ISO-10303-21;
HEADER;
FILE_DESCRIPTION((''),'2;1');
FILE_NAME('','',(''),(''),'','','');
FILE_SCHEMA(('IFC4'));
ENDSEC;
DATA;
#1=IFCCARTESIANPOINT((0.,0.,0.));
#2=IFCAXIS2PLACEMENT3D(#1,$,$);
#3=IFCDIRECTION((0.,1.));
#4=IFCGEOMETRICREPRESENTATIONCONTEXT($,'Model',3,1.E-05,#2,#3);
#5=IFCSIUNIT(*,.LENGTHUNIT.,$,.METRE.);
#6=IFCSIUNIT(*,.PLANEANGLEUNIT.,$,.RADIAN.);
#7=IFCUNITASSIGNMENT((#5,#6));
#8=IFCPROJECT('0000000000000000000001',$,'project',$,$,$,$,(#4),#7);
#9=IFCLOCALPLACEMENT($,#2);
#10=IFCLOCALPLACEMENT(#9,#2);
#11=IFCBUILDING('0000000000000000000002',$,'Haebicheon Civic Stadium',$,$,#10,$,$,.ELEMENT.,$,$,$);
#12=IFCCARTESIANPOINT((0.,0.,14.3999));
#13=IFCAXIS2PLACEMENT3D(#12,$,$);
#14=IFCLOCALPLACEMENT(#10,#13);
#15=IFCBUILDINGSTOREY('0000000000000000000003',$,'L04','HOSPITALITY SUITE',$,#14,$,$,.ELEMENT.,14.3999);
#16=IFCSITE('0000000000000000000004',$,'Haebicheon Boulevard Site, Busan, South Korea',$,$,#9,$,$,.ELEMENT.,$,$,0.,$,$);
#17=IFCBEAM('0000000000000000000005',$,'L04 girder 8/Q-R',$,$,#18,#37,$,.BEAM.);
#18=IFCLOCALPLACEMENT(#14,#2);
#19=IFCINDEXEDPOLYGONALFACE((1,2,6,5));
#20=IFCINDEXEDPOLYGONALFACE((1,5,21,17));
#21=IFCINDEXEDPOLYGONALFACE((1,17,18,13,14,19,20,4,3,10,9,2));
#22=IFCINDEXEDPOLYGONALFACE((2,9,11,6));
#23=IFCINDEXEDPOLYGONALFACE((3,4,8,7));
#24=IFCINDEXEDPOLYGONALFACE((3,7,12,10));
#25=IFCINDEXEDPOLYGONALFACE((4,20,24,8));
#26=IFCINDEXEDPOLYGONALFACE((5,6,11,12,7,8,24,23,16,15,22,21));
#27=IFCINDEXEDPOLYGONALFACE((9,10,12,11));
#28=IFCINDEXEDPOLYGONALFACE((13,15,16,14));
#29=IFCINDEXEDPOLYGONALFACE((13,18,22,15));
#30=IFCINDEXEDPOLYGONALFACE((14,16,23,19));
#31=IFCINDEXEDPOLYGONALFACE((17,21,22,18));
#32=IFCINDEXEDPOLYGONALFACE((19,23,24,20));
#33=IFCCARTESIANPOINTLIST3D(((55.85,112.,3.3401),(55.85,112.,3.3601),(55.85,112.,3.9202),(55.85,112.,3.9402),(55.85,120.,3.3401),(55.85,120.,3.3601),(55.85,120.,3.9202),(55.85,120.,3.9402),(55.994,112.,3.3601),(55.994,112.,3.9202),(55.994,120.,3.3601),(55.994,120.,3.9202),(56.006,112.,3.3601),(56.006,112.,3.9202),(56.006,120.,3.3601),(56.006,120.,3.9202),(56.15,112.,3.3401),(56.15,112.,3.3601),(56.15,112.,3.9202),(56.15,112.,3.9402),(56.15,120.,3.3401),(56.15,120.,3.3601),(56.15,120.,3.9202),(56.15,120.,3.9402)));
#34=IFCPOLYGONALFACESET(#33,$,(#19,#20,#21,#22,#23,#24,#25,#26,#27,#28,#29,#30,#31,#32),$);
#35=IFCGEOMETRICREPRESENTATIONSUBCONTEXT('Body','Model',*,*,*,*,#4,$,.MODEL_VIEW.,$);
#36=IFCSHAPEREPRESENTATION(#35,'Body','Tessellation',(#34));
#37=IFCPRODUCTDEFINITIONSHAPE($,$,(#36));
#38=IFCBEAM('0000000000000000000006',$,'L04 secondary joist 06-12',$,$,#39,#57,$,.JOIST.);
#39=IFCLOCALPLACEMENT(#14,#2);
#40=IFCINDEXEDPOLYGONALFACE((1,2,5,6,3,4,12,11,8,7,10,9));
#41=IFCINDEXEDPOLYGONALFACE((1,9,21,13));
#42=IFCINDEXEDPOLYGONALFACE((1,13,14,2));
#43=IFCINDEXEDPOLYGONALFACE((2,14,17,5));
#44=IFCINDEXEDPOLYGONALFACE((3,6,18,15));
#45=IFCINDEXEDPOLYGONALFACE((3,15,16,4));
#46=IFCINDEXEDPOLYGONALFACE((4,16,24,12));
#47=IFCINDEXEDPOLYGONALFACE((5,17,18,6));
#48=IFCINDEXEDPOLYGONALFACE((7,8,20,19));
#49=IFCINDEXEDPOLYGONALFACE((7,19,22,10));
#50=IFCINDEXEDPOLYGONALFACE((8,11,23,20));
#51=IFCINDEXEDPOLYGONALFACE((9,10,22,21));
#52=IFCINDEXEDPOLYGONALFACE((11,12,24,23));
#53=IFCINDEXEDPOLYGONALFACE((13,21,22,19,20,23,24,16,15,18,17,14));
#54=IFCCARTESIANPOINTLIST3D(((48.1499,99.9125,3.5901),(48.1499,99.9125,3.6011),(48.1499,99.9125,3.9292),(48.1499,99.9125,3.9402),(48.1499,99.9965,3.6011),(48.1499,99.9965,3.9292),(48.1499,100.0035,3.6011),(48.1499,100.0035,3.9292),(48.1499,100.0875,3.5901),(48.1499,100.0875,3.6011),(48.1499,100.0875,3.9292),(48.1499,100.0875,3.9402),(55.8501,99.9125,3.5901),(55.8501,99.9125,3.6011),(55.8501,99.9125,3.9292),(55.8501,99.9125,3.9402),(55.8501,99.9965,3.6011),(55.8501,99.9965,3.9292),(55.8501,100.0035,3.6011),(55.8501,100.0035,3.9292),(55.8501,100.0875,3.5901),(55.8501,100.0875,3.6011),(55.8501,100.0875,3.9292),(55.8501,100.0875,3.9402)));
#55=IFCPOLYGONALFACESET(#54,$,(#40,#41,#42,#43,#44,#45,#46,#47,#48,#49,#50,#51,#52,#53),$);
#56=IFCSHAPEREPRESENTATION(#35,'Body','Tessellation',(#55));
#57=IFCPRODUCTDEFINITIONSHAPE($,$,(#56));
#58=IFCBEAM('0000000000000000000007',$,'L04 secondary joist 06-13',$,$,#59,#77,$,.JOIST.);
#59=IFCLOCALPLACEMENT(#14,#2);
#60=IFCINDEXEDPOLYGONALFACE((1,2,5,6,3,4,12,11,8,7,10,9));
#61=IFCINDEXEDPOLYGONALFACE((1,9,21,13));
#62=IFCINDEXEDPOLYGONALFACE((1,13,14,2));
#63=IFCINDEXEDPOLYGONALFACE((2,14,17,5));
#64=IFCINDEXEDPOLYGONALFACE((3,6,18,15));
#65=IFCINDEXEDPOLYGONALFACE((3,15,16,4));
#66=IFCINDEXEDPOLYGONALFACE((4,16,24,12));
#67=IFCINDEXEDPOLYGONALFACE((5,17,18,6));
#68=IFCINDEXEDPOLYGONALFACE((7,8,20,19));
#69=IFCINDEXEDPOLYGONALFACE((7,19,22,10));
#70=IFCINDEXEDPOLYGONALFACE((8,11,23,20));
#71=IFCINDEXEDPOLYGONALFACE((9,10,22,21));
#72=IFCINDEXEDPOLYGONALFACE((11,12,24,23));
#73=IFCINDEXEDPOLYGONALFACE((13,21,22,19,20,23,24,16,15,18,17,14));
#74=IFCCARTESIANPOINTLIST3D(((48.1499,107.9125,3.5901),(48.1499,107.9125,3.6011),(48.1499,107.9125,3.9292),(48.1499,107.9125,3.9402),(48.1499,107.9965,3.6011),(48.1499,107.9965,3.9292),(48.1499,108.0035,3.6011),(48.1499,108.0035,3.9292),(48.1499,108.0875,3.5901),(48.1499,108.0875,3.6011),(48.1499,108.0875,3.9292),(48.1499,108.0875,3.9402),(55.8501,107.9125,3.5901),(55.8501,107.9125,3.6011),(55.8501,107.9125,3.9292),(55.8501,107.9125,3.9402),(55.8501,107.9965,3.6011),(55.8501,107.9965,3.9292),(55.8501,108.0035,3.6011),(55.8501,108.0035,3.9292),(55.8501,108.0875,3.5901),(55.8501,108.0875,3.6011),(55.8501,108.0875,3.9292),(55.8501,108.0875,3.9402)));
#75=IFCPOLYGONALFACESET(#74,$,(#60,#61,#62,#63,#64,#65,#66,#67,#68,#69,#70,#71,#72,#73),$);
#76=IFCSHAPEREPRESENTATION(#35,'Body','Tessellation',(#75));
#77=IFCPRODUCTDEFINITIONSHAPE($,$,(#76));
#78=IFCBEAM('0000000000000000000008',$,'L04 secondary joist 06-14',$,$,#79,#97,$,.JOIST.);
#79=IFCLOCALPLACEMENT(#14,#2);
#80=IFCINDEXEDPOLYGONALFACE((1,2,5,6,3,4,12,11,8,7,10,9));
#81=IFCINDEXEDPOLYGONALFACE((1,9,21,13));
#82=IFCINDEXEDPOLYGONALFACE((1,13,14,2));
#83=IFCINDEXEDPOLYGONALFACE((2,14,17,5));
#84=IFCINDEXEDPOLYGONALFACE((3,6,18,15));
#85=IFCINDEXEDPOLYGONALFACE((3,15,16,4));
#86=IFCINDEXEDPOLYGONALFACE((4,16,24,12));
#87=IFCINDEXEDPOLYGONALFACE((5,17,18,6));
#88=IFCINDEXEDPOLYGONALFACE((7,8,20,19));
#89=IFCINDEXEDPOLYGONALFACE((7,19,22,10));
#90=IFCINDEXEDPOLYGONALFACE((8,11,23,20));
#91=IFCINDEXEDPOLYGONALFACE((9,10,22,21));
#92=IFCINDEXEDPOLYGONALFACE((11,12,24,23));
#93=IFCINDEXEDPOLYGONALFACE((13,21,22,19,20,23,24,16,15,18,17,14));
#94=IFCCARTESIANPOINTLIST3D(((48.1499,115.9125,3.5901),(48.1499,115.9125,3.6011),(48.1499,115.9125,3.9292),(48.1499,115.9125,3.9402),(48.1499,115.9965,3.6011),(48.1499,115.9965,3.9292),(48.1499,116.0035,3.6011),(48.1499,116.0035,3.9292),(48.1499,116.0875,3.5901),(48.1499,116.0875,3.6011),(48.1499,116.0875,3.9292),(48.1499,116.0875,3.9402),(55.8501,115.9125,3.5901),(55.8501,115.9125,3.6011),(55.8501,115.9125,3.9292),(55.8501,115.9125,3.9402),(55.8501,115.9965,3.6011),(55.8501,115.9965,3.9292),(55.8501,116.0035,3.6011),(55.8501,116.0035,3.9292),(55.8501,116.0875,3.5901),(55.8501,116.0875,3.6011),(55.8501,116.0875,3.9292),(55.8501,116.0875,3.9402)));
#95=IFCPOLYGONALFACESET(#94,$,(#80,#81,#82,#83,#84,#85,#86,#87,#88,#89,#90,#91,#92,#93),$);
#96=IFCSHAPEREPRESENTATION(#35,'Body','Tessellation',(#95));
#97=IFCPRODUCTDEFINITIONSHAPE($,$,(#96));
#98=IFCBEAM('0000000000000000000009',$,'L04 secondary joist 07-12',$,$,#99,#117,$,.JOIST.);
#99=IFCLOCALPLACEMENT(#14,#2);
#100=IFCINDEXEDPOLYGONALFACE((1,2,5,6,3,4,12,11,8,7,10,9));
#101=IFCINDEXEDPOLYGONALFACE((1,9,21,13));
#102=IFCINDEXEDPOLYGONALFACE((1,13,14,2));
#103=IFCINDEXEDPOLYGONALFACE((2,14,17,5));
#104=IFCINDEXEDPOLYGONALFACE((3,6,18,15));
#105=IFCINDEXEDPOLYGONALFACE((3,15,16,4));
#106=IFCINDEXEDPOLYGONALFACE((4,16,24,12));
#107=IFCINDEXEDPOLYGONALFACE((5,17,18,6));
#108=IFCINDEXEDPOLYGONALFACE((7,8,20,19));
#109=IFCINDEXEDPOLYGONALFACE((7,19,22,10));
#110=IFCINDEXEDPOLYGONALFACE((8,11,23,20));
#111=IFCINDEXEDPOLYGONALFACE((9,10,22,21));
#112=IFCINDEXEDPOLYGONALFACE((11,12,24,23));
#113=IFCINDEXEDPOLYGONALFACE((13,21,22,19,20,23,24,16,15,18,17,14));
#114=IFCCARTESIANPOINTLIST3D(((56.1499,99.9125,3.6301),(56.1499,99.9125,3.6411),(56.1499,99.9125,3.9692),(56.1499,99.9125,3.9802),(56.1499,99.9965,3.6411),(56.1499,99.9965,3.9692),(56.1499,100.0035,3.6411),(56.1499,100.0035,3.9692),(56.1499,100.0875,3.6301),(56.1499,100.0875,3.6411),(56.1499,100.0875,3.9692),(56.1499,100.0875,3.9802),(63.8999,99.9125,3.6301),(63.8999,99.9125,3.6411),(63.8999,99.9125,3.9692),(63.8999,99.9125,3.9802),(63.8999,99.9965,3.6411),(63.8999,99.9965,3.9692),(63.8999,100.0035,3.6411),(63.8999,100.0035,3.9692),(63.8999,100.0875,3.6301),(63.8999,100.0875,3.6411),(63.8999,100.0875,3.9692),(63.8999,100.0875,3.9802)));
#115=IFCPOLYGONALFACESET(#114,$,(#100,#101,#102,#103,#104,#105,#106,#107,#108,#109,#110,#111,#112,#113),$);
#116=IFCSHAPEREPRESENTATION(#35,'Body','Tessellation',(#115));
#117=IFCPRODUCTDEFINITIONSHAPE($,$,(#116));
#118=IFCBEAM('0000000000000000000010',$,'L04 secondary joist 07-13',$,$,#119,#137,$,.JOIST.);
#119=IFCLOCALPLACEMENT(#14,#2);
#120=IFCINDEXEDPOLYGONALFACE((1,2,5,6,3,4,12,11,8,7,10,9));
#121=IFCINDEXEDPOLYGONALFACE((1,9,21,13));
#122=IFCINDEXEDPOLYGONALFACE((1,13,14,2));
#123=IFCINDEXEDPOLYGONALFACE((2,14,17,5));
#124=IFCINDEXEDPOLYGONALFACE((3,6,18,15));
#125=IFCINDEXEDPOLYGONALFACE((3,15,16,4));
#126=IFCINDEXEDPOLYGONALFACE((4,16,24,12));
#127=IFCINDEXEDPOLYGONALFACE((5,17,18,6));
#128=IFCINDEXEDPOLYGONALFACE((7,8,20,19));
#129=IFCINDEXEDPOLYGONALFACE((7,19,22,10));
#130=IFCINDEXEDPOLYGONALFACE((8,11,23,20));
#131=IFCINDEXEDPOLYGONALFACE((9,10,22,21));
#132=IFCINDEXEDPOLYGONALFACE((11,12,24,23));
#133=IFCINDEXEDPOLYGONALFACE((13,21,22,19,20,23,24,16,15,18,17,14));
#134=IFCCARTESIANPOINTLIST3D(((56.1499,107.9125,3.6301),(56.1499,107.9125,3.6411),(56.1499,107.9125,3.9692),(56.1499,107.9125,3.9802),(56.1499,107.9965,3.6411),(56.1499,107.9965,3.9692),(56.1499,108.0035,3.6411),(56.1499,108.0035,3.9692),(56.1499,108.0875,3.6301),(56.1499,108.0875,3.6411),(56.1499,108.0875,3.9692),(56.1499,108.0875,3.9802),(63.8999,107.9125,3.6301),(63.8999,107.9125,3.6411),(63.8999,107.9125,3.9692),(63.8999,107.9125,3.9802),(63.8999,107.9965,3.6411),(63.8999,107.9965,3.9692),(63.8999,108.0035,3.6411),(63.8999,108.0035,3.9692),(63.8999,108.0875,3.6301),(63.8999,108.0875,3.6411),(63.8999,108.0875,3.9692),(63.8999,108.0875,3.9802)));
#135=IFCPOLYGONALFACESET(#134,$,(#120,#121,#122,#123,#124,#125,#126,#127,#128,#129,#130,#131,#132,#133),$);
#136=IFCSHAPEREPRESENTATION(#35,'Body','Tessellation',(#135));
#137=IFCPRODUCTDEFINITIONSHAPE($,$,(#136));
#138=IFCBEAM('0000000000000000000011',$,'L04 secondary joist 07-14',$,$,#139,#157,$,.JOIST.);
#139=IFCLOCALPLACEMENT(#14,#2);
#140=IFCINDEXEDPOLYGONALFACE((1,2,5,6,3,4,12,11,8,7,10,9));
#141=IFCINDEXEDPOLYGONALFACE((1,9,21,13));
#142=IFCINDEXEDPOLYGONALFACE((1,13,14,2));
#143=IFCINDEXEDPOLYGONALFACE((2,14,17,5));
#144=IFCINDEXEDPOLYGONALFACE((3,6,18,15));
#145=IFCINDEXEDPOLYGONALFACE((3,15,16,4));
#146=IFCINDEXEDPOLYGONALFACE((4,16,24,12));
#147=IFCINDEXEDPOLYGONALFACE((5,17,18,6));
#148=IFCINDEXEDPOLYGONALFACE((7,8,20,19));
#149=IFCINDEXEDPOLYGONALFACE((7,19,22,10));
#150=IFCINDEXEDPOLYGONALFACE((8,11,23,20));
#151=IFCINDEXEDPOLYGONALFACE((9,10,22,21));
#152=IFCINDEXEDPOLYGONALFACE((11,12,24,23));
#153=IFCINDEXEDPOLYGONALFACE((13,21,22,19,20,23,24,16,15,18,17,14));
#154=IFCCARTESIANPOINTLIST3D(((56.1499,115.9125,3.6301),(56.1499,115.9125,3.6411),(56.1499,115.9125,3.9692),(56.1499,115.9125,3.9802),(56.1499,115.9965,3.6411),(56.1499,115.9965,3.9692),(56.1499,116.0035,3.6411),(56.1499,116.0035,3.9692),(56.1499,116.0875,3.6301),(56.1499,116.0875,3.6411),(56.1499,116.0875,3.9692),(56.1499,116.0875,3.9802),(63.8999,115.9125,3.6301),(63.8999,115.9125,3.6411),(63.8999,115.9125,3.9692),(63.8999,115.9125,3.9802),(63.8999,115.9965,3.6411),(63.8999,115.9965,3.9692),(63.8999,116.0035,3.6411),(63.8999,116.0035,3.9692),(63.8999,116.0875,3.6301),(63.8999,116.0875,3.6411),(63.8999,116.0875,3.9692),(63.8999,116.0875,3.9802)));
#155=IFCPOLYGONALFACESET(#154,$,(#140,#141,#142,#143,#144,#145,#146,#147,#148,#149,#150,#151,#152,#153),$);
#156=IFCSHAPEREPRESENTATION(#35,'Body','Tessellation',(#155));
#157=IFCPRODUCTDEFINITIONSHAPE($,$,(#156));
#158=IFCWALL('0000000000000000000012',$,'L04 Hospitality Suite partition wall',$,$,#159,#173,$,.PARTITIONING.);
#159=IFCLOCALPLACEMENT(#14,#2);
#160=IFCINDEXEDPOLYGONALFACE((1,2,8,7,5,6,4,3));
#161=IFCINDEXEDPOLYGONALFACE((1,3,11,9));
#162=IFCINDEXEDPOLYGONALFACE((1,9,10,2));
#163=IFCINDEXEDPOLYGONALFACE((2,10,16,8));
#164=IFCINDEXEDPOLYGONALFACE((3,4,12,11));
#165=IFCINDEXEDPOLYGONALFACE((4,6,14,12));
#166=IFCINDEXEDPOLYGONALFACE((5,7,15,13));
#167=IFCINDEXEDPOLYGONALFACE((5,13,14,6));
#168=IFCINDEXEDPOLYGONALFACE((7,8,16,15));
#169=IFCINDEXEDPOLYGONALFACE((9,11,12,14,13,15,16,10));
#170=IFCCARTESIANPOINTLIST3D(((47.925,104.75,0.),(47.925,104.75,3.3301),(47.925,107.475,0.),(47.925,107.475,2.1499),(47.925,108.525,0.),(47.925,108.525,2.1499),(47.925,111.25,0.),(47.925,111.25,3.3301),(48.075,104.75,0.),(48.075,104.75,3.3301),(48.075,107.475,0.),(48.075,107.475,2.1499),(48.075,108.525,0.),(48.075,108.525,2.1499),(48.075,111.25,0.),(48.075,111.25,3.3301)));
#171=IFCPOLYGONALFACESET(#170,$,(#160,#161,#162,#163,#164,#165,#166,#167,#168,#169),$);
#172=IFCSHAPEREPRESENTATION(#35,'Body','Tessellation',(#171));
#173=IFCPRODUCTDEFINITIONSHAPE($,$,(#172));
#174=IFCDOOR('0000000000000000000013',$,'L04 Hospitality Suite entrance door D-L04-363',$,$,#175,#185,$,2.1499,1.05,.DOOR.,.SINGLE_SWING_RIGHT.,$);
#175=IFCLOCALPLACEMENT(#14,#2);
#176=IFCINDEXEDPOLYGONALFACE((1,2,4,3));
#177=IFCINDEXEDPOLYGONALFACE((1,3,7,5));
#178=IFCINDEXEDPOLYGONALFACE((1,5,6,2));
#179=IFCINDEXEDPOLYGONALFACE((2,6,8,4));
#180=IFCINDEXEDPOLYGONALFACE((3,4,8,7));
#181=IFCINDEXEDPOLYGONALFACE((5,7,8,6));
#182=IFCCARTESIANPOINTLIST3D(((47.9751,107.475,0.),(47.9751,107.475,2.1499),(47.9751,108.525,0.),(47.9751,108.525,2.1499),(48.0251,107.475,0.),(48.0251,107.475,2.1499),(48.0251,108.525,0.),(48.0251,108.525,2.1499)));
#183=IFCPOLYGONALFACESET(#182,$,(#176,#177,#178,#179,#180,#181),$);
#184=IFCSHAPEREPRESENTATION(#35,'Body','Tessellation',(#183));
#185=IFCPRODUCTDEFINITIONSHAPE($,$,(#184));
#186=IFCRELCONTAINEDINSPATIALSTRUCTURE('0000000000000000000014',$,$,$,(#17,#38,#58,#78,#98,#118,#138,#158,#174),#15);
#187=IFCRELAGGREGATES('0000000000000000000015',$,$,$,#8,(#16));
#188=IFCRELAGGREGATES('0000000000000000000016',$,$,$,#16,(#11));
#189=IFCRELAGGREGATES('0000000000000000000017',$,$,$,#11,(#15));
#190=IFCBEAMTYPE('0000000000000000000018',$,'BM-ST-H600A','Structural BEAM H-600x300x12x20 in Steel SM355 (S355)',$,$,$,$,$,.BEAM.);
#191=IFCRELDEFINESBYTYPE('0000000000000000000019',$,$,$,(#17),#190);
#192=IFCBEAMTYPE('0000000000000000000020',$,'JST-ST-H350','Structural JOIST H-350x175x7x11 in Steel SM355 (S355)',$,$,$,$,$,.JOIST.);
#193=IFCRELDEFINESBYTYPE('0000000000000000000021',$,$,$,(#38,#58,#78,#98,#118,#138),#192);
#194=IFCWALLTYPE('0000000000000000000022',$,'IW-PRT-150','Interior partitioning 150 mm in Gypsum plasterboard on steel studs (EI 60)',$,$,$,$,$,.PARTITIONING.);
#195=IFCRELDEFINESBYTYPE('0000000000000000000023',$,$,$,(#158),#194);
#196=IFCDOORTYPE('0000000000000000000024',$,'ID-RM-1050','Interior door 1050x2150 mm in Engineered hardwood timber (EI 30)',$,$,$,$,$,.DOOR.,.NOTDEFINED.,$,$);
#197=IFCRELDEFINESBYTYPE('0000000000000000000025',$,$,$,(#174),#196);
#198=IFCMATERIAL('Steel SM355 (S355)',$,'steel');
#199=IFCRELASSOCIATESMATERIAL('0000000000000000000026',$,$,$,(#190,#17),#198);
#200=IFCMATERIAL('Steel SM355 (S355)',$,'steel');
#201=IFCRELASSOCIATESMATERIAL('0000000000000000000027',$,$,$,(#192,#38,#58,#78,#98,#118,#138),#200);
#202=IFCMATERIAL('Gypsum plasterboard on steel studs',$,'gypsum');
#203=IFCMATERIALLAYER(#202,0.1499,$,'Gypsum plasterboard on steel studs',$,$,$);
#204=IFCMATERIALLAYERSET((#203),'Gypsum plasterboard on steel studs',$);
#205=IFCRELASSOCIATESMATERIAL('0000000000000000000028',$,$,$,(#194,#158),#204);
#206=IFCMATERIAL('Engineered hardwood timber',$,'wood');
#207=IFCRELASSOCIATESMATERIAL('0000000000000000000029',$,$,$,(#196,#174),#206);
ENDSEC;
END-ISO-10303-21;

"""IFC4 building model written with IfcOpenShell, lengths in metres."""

from ifc_helpers import new_model, si_unit, direction, frame, frame_2d, origin, origin_2d, place, context, subcontext, project, spatial, rectangle, i_section, extrude, material, layer, layer_set, material_profile, profile_set, type_object, element, fill, save


model = new_model("IFC4")

# Units and contexts
model_context = context("Model", 3, precision=1e-05, world=origin(), true_north=direction((0.0, 1.0)))
body_context = subcontext(model_context, "Body", "Model", "MODEL_VIEW")
ifc_project = project(units=[si_unit("LENGTHUNIT", "METRE"), si_unit("PLANEANGLEUNIT", "RADIAN")], contexts=[model_context])

# Site, building, storey
site_placement = place(None, origin())
site = spatial("IfcSite", under=ifc_project, at=site_placement, Name="Haebicheon Boulevard Site, Busan, South Korea", CompositionType="ELEMENT", RefElevation=0.0)
building_placement = place(site_placement, origin())
building = spatial("IfcBuilding", under=site, at=building_placement, Name="Haebicheon Civic Stadium", CompositionType="ELEMENT")
storey_placement = place(building_placement, frame((0.0, 0.0, 14.3999)))
storey = spatial("IfcBuildingStorey", under=building, at=storey_placement, Name="L04", Description="HOSPITALITY SUITE", CompositionType="ELEMENT", Elevation=14.3999)

# Beams
ifc_material_1 = material(Name="Steel SM355 (S355)", Category="steel")
ifc_material_profile_1 = material_profile(ifc_material_1, i_section(OverallWidth=0.3, OverallDepth=0.6001, WebThickness=0.012, FlangeThickness=0.02, at=origin_2d()), Name="H-600x300x12x20")
ifc_profile_set_1 = profile_set([ifc_material_profile_1], Name="Steel SM355 (S355)")
beam_type_1 = type_object("IfcBeamType", Name="BM-ST-H600A", Description="Structural BEAM H-600x300x12x20 in Steel SM355 (S355)", PredefinedType="BEAM", material=ifc_profile_set_1)
for number, where, z_axis, x_axis, name in (
    (1, (56.0, 112.0, 3.6401), (0.0, 1.0, 0.0), (-1.0, 0.0, 0.0), "L04 girder 8/Q-R"),
):
    element("IfcBeam", number, at=place(storey_placement, frame(where, z_axis=z_axis, x_axis=x_axis)), inside=storey, type_object=beam_type_1, material=ifc_profile_set_1, Name=name, PredefinedType="BEAM", context=body_context, shape_type="SweptSolid", body=[
        extrude(i_section(OverallWidth=0.3, OverallDepth=0.6001, WebThickness=0.012, FlangeThickness=0.02, at=origin_2d()), origin(), (0.0, 0.0, 1.0), 8.0),
    ])
ifc_material_2 = material(Name="Steel SM355 (S355)", Category="steel")
ifc_material_profile_2 = material_profile(ifc_material_2, i_section(OverallWidth=0.175, OverallDepth=0.3501, WebThickness=0.0071, FlangeThickness=0.011, at=origin_2d()), Name="H-350x175x7x11")
ifc_profile_set_2 = profile_set([ifc_material_profile_2], Name="Steel SM355 (S355)")
beam_type_2 = type_object("IfcBeamType", Name="JST-ST-H350", Description="Structural JOIST H-350x175x7x11 in Steel SM355 (S355)", PredefinedType="JOIST", material=ifc_profile_set_2)
for number, where, z_axis, x_axis, name in (
    (2, (48.1499, 100.0, 3.7651), (1.0, 0.0, 0.0), (0.0, 1.0, 0.0), "L04 secondary joist 06-12"),
    (3, (48.1499, 108.0, 3.7651), (1.0, 0.0, 0.0), (0.0, 1.0, 0.0), "L04 secondary joist 06-13"),
    (4, (48.1499, 116.0, 3.7651), (1.0, 0.0, 0.0), (0.0, 1.0, 0.0), "L04 secondary joist 06-14"),
):
    element("IfcBeam", number, at=place(storey_placement, frame(where, z_axis=z_axis, x_axis=x_axis)), inside=storey, type_object=beam_type_2, material=ifc_profile_set_2, Name=name, PredefinedType="JOIST", context=body_context, shape_type="SweptSolid", body=[
        extrude(i_section(OverallWidth=0.175, OverallDepth=0.3501, WebThickness=0.0071, FlangeThickness=0.011, at=origin_2d()), origin(), (0.0, 0.0, 1.0), 7.7002),
    ])
for number, where, z_axis, x_axis, name in (
    (5, (56.1499, 100.0, 3.8052), (1.0, 0.0, 0.0), (0.0, 1.0, 0.0), "L04 secondary joist 07-12"),
    (6, (56.1499, 108.0, 3.8052), (1.0, 0.0, 0.0), (0.0, 1.0, 0.0), "L04 secondary joist 07-13"),
    (7, (56.1499, 116.0, 3.8052), (1.0, 0.0, 0.0), (0.0, 1.0, 0.0), "L04 secondary joist 07-14"),
):
    element("IfcBeam", number, at=place(storey_placement, frame(where, z_axis=z_axis, x_axis=x_axis)), inside=storey, type_object=beam_type_2, material=ifc_profile_set_2, Name=name, PredefinedType="JOIST", context=body_context, shape_type="SweptSolid", body=[
        extrude(i_section(OverallWidth=0.175, OverallDepth=0.3501, WebThickness=0.0071, FlangeThickness=0.011, at=origin_2d()), origin(), (0.0, 0.0, 1.0), 7.75),
    ])

# Wall, opening, door
ifc_material_3 = material(Name="Gypsum plasterboard on steel studs", Category="gypsum")
ifc_layer = layer(ifc_material_3, 0.1499, Name="Gypsum plasterboard on steel studs")
ifc_layer_set = layer_set([ifc_layer], Name="Gypsum plasterboard on steel studs")
wall_type = type_object("IfcWallType", Name="IW-PRT-150", Description="Interior partitioning 150 mm in Gypsum plasterboard on steel studs (EI 60)", PredefinedType="PARTITIONING", material=ifc_layer_set)
wall_1_placement = place(storey_placement, frame((48.0, 104.75, 0.0), z_axis=(0.0, 0.0, 1.0), x_axis=(0.0, 1.0, 0.0)))
wall_1 = element("IfcWall", 8, at=wall_1_placement, inside=storey, type_object=wall_type, material=ifc_layer_set, Name="L04 Hospitality Suite partition wall", PredefinedType="PARTITIONING", context=body_context, shape_type="SweptSolid", body=[
    extrude(rectangle(XDim=6.5, YDim=0.1499, at=frame_2d((3.25, 0.0))), origin(), (0.0, 0.0, 1.0), 3.3301),
])
opening_1_placement = place(wall_1_placement, frame((2.7251, 0.0, 0.0)))
opening_1 = element("IfcOpeningElement", 9, at=opening_1_placement, cuts=wall_1, PredefinedType="OPENING", context=body_context, shape_type="SweptSolid", body=[
    extrude(rectangle(XDim=1.05, YDim=2.1499, at=frame_2d((0.5249, 1.075))), frame((0.0, 0.085, 0.0), z_axis=(0.0, -1.0, 0.0), x_axis=(1.0, 0.0, 0.0)), (0.0, 0.0, 1.0), 0.1699),
])
ifc_material_4 = material(Name="Engineered hardwood timber", Category="wood")
door_type_1 = type_object("IfcDoorType", Name="ID-RM-1050", Description="Interior door 1050x2150 mm in Engineered hardwood timber (EI 30)", OperationType="NOTDEFINED", PredefinedType="DOOR", material=ifc_material_4)
door_1_placement = place(opening_1_placement, origin())
door_1 = element("IfcDoor", 10, at=door_1_placement, inside=storey, type_object=door_type_1, material=ifc_material_4, Name="L04 Hospitality Suite entrance door D-L04-363", OperationType="SINGLE_SWING_RIGHT", OverallHeight=2.1499, OverallWidth=1.05, PredefinedType="DOOR", context=body_context, shape_type="SweptSolid", body=[
    extrude(rectangle(XDim=1.05, YDim=2.1499, at=frame_2d((0.5249, 1.075))), frame((0.0, 0.0249, 0.0), z_axis=(0.0, -1.0, 0.0), x_axis=(1.0, 0.0, 0.0)), (0.0, 0.0, 1.0), 0.05),
])
fill(opening_1, door_1)

save(model, "model.ifc")
